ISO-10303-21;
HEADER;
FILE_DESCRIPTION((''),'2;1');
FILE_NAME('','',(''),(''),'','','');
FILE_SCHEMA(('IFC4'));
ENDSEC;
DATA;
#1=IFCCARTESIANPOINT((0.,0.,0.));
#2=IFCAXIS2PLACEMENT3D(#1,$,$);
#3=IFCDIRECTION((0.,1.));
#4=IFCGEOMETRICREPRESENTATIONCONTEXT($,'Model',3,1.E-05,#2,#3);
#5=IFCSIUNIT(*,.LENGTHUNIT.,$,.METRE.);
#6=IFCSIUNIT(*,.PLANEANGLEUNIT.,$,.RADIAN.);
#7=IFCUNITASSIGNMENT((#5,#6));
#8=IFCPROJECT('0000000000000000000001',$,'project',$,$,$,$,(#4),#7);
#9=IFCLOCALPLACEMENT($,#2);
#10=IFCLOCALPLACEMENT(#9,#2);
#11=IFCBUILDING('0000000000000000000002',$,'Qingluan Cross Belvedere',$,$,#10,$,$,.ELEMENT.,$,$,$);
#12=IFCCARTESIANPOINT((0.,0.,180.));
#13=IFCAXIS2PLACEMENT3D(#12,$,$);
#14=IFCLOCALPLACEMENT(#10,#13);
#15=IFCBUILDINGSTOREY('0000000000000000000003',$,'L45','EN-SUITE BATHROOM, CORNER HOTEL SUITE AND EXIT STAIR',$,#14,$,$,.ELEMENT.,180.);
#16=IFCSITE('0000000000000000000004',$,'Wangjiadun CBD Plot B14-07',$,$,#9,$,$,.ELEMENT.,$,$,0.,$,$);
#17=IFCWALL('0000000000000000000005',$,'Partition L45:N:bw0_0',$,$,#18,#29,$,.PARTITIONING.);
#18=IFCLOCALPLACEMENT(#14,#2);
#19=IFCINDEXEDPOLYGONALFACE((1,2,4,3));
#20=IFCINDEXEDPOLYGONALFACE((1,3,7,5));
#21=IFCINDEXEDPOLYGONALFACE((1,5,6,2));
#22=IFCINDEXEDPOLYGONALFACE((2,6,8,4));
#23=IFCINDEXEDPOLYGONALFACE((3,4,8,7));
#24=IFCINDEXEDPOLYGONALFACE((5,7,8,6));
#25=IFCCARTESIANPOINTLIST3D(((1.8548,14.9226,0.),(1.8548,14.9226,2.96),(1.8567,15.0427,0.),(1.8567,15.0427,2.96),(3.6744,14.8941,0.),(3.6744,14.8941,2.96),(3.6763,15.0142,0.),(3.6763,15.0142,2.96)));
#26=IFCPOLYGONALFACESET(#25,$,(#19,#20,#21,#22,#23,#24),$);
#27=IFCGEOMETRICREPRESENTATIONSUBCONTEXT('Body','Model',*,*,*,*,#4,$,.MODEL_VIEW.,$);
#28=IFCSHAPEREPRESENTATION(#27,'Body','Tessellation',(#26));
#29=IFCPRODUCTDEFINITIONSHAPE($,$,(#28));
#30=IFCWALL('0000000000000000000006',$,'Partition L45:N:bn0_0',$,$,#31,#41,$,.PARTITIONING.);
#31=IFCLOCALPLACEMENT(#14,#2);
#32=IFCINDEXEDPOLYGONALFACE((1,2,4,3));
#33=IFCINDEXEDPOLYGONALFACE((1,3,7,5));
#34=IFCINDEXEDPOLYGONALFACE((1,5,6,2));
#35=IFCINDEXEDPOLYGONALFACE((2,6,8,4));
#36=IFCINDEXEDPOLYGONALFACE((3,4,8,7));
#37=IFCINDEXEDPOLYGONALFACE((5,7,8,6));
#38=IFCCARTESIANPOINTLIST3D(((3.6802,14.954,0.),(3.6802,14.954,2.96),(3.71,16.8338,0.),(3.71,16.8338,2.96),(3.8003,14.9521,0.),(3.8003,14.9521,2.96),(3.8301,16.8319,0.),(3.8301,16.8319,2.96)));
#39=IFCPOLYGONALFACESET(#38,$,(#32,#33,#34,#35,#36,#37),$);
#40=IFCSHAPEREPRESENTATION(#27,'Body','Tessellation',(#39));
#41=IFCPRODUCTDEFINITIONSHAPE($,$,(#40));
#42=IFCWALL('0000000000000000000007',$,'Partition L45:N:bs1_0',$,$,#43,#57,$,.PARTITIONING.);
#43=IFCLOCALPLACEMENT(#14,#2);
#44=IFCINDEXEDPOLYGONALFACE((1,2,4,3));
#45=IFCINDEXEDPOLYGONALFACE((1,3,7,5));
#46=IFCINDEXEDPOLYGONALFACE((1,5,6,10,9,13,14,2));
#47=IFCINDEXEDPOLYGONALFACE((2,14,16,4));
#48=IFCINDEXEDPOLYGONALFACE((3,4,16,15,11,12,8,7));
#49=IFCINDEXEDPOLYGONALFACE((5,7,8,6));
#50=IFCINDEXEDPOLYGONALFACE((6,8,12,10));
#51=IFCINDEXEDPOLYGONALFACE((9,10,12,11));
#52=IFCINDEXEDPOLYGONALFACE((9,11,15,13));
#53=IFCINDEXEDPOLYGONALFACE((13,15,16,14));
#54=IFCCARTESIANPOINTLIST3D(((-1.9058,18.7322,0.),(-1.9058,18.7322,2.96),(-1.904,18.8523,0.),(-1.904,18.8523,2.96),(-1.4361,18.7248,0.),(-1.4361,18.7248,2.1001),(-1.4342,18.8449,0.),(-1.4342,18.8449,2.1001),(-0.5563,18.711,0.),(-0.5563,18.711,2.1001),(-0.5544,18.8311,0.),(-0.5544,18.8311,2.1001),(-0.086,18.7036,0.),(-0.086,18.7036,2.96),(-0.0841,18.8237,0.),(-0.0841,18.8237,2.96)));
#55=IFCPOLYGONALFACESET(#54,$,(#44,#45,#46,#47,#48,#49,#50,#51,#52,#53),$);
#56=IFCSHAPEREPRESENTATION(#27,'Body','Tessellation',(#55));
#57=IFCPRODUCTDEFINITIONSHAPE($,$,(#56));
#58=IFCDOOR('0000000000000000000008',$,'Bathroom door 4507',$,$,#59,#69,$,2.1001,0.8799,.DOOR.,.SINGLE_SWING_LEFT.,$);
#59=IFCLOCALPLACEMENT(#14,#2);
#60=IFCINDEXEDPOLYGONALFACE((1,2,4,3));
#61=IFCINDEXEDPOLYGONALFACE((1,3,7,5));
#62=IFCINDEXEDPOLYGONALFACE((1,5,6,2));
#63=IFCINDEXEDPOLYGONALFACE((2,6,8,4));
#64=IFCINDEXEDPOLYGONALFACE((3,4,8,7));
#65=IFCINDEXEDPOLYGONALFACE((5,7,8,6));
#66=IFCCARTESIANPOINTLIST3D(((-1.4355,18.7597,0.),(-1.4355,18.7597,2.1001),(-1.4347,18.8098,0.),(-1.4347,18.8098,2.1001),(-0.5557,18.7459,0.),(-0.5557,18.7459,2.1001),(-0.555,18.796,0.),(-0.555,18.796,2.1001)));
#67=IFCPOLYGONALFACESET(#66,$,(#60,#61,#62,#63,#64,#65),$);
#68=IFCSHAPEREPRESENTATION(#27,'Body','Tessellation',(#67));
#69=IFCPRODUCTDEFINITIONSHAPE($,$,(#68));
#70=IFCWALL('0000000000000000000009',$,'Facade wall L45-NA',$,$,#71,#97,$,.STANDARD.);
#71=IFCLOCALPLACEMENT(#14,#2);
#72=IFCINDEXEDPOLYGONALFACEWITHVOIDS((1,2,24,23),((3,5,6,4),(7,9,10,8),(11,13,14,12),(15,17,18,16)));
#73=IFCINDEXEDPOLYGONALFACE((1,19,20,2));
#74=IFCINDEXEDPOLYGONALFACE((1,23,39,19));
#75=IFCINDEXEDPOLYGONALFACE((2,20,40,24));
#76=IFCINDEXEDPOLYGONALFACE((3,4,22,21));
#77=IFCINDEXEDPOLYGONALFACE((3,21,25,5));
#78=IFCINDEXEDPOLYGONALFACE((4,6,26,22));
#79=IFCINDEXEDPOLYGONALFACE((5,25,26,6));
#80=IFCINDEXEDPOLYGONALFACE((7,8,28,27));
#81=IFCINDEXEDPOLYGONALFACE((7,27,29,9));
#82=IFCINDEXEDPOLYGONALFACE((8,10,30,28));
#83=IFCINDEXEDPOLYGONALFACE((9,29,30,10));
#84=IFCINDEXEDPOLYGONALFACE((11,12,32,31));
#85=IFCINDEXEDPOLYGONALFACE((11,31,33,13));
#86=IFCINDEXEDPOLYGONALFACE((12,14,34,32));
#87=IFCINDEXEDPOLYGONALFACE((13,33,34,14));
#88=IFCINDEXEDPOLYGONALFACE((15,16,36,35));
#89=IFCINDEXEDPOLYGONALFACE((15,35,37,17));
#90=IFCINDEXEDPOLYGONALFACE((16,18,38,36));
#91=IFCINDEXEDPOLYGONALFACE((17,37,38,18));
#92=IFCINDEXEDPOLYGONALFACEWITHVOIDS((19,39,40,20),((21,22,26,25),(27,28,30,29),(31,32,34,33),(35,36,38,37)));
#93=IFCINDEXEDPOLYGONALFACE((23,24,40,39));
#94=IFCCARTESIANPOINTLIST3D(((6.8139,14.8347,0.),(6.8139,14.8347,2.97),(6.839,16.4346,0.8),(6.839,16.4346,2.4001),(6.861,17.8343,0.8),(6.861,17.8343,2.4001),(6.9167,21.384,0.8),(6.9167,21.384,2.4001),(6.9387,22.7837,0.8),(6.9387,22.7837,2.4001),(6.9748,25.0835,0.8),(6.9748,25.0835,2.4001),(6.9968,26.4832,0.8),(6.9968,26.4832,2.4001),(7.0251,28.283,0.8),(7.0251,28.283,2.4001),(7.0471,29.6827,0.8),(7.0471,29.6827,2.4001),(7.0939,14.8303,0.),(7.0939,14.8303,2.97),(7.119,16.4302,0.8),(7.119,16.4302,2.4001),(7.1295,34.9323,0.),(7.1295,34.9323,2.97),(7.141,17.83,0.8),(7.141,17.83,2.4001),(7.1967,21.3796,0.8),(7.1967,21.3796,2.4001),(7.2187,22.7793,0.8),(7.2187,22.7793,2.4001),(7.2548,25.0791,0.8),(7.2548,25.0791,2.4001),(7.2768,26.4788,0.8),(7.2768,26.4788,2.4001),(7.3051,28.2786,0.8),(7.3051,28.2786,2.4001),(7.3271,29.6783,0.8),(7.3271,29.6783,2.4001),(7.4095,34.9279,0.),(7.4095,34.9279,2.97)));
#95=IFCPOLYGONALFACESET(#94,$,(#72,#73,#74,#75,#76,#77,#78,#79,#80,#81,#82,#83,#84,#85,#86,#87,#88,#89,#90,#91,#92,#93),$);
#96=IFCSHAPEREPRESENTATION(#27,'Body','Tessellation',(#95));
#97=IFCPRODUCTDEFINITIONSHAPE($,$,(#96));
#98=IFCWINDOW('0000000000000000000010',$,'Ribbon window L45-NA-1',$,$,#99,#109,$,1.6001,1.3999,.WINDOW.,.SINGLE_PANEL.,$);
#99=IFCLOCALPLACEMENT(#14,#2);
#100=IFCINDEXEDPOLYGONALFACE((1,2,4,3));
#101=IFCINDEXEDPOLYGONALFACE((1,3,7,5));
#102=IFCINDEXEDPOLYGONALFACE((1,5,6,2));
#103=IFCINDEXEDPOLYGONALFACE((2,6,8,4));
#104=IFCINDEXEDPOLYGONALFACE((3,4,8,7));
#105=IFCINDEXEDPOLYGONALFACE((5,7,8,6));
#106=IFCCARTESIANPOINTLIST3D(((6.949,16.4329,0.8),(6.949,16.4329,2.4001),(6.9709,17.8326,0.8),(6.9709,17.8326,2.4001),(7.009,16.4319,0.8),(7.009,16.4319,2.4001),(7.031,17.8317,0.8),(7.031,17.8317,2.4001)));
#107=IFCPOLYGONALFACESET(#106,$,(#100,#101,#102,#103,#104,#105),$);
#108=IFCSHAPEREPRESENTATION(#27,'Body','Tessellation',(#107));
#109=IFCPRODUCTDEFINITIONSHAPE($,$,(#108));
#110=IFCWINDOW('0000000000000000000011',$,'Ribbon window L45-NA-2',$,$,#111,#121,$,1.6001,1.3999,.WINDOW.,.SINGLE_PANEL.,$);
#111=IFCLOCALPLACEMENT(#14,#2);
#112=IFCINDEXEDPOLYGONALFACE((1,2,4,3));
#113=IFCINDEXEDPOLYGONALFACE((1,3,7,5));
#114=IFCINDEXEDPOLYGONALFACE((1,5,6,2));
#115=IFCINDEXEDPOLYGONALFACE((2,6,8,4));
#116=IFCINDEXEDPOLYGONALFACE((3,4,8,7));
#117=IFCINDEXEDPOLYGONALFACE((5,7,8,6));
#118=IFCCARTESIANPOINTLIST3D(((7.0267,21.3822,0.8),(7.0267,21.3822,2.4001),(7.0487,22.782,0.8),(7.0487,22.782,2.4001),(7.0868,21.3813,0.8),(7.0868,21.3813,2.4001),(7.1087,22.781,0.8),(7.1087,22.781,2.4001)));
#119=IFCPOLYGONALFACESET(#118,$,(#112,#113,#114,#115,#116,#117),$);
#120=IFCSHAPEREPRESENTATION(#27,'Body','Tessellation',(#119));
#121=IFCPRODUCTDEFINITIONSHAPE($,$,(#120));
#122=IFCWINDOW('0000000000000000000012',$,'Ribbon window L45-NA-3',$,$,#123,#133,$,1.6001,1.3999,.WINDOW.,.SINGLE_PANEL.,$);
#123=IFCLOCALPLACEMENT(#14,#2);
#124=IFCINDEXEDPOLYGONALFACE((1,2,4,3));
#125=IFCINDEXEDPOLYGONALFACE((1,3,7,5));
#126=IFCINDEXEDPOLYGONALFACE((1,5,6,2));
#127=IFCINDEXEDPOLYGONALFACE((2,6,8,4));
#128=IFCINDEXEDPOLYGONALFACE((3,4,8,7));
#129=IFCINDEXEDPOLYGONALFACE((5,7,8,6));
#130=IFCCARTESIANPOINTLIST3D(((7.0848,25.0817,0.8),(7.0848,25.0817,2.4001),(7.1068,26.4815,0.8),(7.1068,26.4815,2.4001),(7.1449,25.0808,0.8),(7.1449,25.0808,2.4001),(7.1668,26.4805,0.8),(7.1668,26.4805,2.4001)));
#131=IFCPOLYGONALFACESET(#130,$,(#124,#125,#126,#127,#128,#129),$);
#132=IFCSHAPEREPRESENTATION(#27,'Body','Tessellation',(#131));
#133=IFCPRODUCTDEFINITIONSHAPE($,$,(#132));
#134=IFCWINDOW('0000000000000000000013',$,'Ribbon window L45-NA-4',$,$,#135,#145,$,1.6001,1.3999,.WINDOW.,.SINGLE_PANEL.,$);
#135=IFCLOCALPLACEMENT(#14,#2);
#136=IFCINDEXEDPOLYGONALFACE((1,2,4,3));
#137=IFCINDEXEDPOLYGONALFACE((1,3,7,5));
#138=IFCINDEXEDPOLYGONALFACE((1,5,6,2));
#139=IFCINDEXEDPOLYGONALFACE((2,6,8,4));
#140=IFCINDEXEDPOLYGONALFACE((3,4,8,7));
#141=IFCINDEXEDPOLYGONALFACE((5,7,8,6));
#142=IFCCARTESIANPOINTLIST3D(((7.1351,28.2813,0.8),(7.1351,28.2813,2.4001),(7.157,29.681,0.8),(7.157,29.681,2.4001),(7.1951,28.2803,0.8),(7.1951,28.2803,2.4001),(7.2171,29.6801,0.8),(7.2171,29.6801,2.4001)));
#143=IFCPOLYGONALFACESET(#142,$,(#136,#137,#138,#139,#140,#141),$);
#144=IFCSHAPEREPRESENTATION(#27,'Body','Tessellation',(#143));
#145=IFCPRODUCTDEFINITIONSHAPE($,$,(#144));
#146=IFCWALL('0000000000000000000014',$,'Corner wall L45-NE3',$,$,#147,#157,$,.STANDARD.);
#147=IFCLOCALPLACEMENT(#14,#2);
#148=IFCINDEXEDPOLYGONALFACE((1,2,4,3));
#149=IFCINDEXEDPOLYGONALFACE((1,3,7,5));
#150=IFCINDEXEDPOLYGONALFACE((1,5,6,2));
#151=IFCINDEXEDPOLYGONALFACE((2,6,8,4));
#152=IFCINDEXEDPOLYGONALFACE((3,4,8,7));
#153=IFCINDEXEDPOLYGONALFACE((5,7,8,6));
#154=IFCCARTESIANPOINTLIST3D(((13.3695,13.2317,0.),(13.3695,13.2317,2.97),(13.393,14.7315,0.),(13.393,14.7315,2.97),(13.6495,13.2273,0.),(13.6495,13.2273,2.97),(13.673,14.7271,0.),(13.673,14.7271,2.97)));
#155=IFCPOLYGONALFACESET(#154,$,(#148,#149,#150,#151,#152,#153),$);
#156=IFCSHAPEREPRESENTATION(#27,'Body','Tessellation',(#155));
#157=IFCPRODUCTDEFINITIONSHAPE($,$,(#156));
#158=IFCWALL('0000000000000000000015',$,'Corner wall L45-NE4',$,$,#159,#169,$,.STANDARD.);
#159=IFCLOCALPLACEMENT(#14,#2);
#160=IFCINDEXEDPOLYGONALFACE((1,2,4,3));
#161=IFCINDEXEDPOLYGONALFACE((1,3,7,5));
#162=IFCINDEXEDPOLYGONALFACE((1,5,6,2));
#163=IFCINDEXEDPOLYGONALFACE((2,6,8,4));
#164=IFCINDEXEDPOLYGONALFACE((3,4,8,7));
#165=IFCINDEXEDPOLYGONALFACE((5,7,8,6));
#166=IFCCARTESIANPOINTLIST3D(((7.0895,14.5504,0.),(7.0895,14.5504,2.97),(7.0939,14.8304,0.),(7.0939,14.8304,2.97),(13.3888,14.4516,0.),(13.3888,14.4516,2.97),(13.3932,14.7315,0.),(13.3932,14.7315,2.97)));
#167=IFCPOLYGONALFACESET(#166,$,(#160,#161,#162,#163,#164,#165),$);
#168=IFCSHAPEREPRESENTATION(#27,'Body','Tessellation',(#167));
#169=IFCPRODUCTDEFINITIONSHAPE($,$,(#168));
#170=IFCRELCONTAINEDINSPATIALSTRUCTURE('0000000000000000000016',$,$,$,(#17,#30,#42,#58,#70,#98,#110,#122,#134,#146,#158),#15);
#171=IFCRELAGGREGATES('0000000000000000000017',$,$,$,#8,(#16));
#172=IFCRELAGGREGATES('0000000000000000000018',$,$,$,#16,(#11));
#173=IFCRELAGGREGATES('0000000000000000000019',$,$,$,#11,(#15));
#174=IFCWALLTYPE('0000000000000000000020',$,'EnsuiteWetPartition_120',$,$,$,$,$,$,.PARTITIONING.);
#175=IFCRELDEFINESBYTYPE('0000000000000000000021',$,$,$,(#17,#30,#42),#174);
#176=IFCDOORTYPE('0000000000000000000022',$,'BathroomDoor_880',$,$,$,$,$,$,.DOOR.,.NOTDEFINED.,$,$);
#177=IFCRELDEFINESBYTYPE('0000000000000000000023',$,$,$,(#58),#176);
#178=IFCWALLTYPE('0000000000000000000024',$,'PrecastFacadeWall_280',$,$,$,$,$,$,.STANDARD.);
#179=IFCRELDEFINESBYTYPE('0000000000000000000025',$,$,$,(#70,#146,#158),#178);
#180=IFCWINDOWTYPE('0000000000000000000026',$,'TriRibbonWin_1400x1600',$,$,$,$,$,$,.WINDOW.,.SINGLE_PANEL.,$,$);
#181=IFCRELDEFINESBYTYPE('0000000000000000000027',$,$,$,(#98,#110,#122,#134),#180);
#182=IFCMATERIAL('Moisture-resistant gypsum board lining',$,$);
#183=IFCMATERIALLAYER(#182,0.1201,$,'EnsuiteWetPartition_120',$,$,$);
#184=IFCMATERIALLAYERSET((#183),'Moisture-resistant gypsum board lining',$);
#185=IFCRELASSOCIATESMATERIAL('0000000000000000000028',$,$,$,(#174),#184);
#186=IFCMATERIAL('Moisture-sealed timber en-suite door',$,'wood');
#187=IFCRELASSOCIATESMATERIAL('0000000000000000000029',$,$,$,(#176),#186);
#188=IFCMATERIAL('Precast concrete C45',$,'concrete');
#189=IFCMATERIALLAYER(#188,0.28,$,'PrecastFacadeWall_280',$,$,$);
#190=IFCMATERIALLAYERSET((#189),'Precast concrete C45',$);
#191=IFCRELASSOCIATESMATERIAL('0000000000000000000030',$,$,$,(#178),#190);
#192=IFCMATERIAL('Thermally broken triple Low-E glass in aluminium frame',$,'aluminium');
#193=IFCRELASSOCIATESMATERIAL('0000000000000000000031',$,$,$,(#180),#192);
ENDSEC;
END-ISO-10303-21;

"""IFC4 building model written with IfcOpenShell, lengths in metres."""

from ifc_helpers import new_model, si_unit, direction, frame, frame_2d, origin, place, context, subcontext, project, spatial, rectangle, extrude, material, layer, layer_set, type_object, element, fill, save


model = new_model("IFC4")

# Units and contexts
model_context = context("Model", 3, precision=1e-05, world=origin(), true_north=direction((0.0, 1.0)))
body_context = subcontext(model_context, "Body", "Model", "MODEL_VIEW")
ifc_project = project(units=[si_unit("LENGTHUNIT", "METRE"), si_unit("PLANEANGLEUNIT", "RADIAN")], contexts=[model_context])

# Site, building, storey
site_placement = place(None, origin())
site = spatial("IfcSite", under=ifc_project, at=site_placement, Name="Wangjiadun CBD Plot B14-07", CompositionType="ELEMENT", RefElevation=0.0)
building_placement = place(site_placement, origin())
building = spatial("IfcBuilding", under=site, at=building_placement, Name="Qingluan Cross Belvedere", CompositionType="ELEMENT")
storey_placement = place(building_placement, frame((0.0, 0.0, 180.0)))
storey = spatial("IfcBuildingStorey", under=building, at=storey_placement, Name="L45", Description="EN-SUITE BATHROOM, CORNER HOTEL SUITE AND EXIT STAIR", CompositionType="ELEMENT", Elevation=180.0)

# Shared definitions
ifc_material_1 = material(Name="Moisture-resistant gypsum board lining")
ifc_layer_1 = layer(ifc_material_1, 0.1201, Name="EnsuiteWetPartition_120")
ifc_layer_set_1 = layer_set([ifc_layer_1], Name="Moisture-resistant gypsum board lining")
wall_type_1 = type_object("IfcWallType", Name="EnsuiteWetPartition_120", PredefinedType="PARTITIONING", material=ifc_layer_set_1)
ifc_material_2 = material(Name="Moisture-sealed timber en-suite door", Category="wood")
door_type_1 = type_object("IfcDoorType", Name="BathroomDoor_880", OperationType="NOTDEFINED", PredefinedType="DOOR", material=ifc_material_2)

# Walls
wall_1_placement = place(storey_placement, frame((1.8557, 14.9827, 0.0), z_axis=(0.0, 0.0, 1.0), x_axis=(0.999877, -0.015696, 0.0)))
element("IfcWall", 1, at=wall_1_placement, inside=storey, type_object=wall_type_1, Name="Partition L45:N:bw0_0", PredefinedType="PARTITIONING", context=body_context, shape_type="SweptSolid", body=[
    extrude(rectangle(XDim=1.8198, YDim=0.1201, at=frame_2d((0.9099, 0.0))), origin(), (0.0, 0.0, 1.0), 2.96),
])
wall_2_placement = place(storey_placement, frame((3.7402, 14.9531, 0.0), z_axis=(0.0, 0.0, 1.0), x_axis=(0.015842, 0.999875, 0.0)))
element("IfcWall", 2, at=wall_2_placement, inside=storey, type_object=wall_type_1, Name="Partition L45:N:bn0_0", PredefinedType="PARTITIONING", context=body_context, shape_type="SweptSolid", body=[
    extrude(rectangle(XDim=1.8801, YDim=0.1201, at=frame_2d((0.9399, 0.0))), origin(), (0.0, 0.0, 1.0), 2.96),
])

# Wall, opening, door
wall_3_placement = place(storey_placement, frame((-1.905, 18.7922, 0.0), z_axis=(0.0, 0.0, 1.0), x_axis=(0.999877, -0.015694, 0.0)))
wall_3 = element("IfcWall", 3, at=wall_3_placement, inside=storey, type_object=wall_type_1, Name="Partition L45:N:bs1_0", PredefinedType="PARTITIONING", context=body_context, shape_type="SweptSolid", body=[
    extrude(rectangle(XDim=1.8201, YDim=0.1201, at=frame_2d((0.9102, 0.0))), origin(), (0.0, 0.0, 1.0), 2.96),
])
opening_1_placement = place(wall_3_placement, frame((0.47, 0.0, 0.0)))
opening_1 = element("IfcOpeningElement", 4, at=opening_1_placement, cuts=wall_3, PredefinedType="OPENING", context=body_context, shape_type="SweptSolid", body=[
    extrude(rectangle(XDim=0.8799, YDim=2.1001, at=frame_2d((0.4399, 1.05))), frame((0.0, 0.0701, 0.0), z_axis=(0.0, -1.0, 0.0), x_axis=(1.0, 0.0, 0.0)), (0.0, 0.0, 1.0), 0.1401),
])
door_1_placement = place(opening_1_placement, origin())
door_1 = element("IfcDoor", 5, at=door_1_placement, inside=storey, type_object=door_type_1, Name="Bathroom door 4507", OperationType="SINGLE_SWING_LEFT", OverallHeight=2.1001, OverallWidth=0.8799, PredefinedType="DOOR", context=body_context, shape_type="SweptSolid", body=[
    extrude(rectangle(XDim=0.8799, YDim=2.1001, at=frame_2d((0.4399, 1.05))), frame((0.0, 0.0249, 0.0), z_axis=(0.0, -1.0, 0.0), x_axis=(1.0, 0.0, 0.0)), (0.0, 0.0, 1.0), 0.05),
])
fill(opening_1, door_1)

# Wall, openings, windows
ifc_material_3 = material(Name="Precast concrete C45", Category="concrete")
ifc_layer_2 = layer(ifc_material_3, 0.28, Name="PrecastFacadeWall_280")
ifc_layer_set_2 = layer_set([ifc_layer_2], Name="Precast concrete C45")
wall_type_2 = type_object("IfcWallType", Name="PrecastFacadeWall_280", PredefinedType="STANDARD", material=ifc_layer_set_2)
wall_4_placement = place(storey_placement, frame((6.9539, 14.8325, 0.0), z_axis=(0.0, 0.0, 1.0), x_axis=(0.015705, 0.999877, 0.0)))
wall_4 = element("IfcWall", 6, at=wall_4_placement, inside=storey, type_object=wall_type_2, Name="Facade wall L45-NA", PredefinedType="STANDARD", context=body_context, shape_type="SweptSolid", body=[
    extrude(rectangle(XDim=20.1001, YDim=0.28, at=frame_2d((10.05, 0.0))), origin(), (0.0, 0.0, 1.0), 2.97),
])
opening_2_placement = place(wall_4_placement, frame((1.6001, 0.0, 0.8)))
opening_2 = element("IfcOpeningElement", 7, at=opening_2_placement, cuts=wall_4, PredefinedType="OPENING", context=body_context, shape_type="SweptSolid", body=[
    extrude(rectangle(XDim=1.3999, YDim=1.6001, at=frame_2d((0.7, 0.8))), frame((0.0, 0.1499, 0.0), z_axis=(0.0, -1.0, 0.0), x_axis=(1.0, 0.0, 0.0)), (0.0, 0.0, 1.0), 0.3),
])
opening_3_placement = place(wall_4_placement, frame((6.55, 0.0, 0.8)))
opening_3 = element("IfcOpeningElement", 8, at=opening_3_placement, cuts=wall_4, PredefinedType="OPENING", context=body_context, shape_type="SweptSolid", body=[
    extrude(rectangle(XDim=1.3999, YDim=1.6001, at=frame_2d((0.7, 0.8))), frame((0.0, 0.1499, 0.0), z_axis=(0.0, -1.0, 0.0), x_axis=(1.0, 0.0, 0.0)), (0.0, 0.0, 1.0), 0.3),
])
opening_4_placement = place(wall_4_placement, frame((10.25, 0.0, 0.8)))
opening_4 = element("IfcOpeningElement", 9, at=opening_4_placement, cuts=wall_4, PredefinedType="OPENING", context=body_context, shape_type="SweptSolid", body=[
    extrude(rectangle(XDim=1.3999, YDim=1.6001, at=frame_2d((0.7, 0.8))), frame((0.0, 0.1499, 0.0), z_axis=(0.0, -1.0, 0.0), x_axis=(1.0, 0.0, 0.0)), (0.0, 0.0, 1.0), 0.3),
])
opening_5_placement = place(wall_4_placement, frame((13.45, 0.0, 0.8)))
opening_5 = element("IfcOpeningElement", 10, at=opening_5_placement, cuts=wall_4, PredefinedType="OPENING", context=body_context, shape_type="SweptSolid", body=[
    extrude(rectangle(XDim=1.3999, YDim=1.6001, at=frame_2d((0.7, 0.8))), frame((0.0, 0.1499, 0.0), z_axis=(0.0, -1.0, 0.0), x_axis=(1.0, 0.0, 0.0)), (0.0, 0.0, 1.0), 0.3),
])
ifc_material_4 = material(Name="Thermally broken triple Low-E glass in aluminium frame", Category="aluminium")
window_type = type_object("IfcWindowType", Name="TriRibbonWin_1400x1600", PartitioningType="SINGLE_PANEL", PredefinedType="WINDOW", material=ifc_material_4)
window_1_placement = place(opening_2_placement, origin())
window_1 = element("IfcWindow", 11, at=window_1_placement, inside=storey, type_object=window_type, Name="Ribbon window L45-NA-1", OverallHeight=1.6001, OverallWidth=1.3999, PartitioningType="SINGLE_PANEL", PredefinedType="WINDOW", context=body_context, shape_type="SweptSolid", body=[
    extrude(rectangle(XDim=1.3999, YDim=1.6001, at=frame_2d((0.7, 0.8))), frame((0.0, 0.03, 0.0), z_axis=(0.0, -1.0, 0.0), x_axis=(1.0, 0.0, 0.0)), (0.0, 0.0, 1.0), 0.0601),
])
fill(opening_2, window_1)
window_2_placement = place(opening_3_placement, origin())
window_2 = element("IfcWindow", 12, at=window_2_placement, inside=storey, type_object=window_type, Name="Ribbon window L45-NA-2", OverallHeight=1.6001, OverallWidth=1.3999, PartitioningType="SINGLE_PANEL", PredefinedType="WINDOW", context=body_context, shape_type="SweptSolid", body=[
    extrude(rectangle(XDim=1.3999, YDim=1.6001, at=frame_2d((0.7, 0.8))), frame((0.0, 0.03, 0.0), z_axis=(0.0, -1.0, 0.0), x_axis=(1.0, 0.0, 0.0)), (0.0, 0.0, 1.0), 0.0601),
])
fill(opening_3, window_2)
window_3_placement = place(opening_4_placement, origin())
window_3 = element("IfcWindow", 13, at=window_3_placement, inside=storey, type_object=window_type, Name="Ribbon window L45-NA-3", OverallHeight=1.6001, OverallWidth=1.3999, PartitioningType="SINGLE_PANEL", PredefinedType="WINDOW", context=body_context, shape_type="SweptSolid", body=[
    extrude(rectangle(XDim=1.3999, YDim=1.6001, at=frame_2d((0.7, 0.8))), frame((0.0, 0.03, 0.0), z_axis=(0.0, -1.0, 0.0), x_axis=(1.0, 0.0, 0.0)), (0.0, 0.0, 1.0), 0.0601),
])
fill(opening_4, window_3)
window_4_placement = place(opening_5_placement, origin())
window_4 = element("IfcWindow", 14, at=window_4_placement, inside=storey, type_object=window_type, Name="Ribbon window L45-NA-4", OverallHeight=1.6001, OverallWidth=1.3999, PartitioningType="SINGLE_PANEL", PredefinedType="WINDOW", context=body_context, shape_type="SweptSolid", body=[
    extrude(rectangle(XDim=1.3999, YDim=1.6001, at=frame_2d((0.7, 0.8))), frame((0.0, 0.03, 0.0), z_axis=(0.0, -1.0, 0.0), x_axis=(1.0, 0.0, 0.0)), (0.0, 0.0, 1.0), 0.0601),
])
fill(opening_5, window_4)

# Walls
wall_5_placement = place(storey_placement, frame((13.5095, 13.2295, 0.0), z_axis=(0.0, 0.0, 1.0), x_axis=(0.015626, 0.999878, 0.0)))
element("IfcWall", 15, at=wall_5_placement, inside=storey, type_object=wall_type_2, Name="Corner wall L45-NE3", PredefinedType="STANDARD", context=body_context, shape_type="SweptSolid", body=[
    extrude(rectangle(XDim=1.5, YDim=0.28, at=frame_2d((0.75, 0.0))), origin(), (0.0, 0.0, 1.0), 2.97),
])
wall_6_placement = place(storey_placement, frame((13.3909, 14.5916, 0.0), z_axis=(0.0, 0.0, 1.0), x_axis=(-0.999877, 0.015695, 0.0)))
element("IfcWall", 16, at=wall_6_placement, inside=storey, type_object=wall_type_2, Name="Corner wall L45-NE4", PredefinedType="STANDARD", context=body_context, shape_type="SweptSolid", body=[
    extrude(rectangle(XDim=6.3, YDim=0.28, at=frame_2d((3.1499, 0.0))), origin(), (0.0, 0.0, 1.0), 2.97),
])

save(model, "model.ifc")
